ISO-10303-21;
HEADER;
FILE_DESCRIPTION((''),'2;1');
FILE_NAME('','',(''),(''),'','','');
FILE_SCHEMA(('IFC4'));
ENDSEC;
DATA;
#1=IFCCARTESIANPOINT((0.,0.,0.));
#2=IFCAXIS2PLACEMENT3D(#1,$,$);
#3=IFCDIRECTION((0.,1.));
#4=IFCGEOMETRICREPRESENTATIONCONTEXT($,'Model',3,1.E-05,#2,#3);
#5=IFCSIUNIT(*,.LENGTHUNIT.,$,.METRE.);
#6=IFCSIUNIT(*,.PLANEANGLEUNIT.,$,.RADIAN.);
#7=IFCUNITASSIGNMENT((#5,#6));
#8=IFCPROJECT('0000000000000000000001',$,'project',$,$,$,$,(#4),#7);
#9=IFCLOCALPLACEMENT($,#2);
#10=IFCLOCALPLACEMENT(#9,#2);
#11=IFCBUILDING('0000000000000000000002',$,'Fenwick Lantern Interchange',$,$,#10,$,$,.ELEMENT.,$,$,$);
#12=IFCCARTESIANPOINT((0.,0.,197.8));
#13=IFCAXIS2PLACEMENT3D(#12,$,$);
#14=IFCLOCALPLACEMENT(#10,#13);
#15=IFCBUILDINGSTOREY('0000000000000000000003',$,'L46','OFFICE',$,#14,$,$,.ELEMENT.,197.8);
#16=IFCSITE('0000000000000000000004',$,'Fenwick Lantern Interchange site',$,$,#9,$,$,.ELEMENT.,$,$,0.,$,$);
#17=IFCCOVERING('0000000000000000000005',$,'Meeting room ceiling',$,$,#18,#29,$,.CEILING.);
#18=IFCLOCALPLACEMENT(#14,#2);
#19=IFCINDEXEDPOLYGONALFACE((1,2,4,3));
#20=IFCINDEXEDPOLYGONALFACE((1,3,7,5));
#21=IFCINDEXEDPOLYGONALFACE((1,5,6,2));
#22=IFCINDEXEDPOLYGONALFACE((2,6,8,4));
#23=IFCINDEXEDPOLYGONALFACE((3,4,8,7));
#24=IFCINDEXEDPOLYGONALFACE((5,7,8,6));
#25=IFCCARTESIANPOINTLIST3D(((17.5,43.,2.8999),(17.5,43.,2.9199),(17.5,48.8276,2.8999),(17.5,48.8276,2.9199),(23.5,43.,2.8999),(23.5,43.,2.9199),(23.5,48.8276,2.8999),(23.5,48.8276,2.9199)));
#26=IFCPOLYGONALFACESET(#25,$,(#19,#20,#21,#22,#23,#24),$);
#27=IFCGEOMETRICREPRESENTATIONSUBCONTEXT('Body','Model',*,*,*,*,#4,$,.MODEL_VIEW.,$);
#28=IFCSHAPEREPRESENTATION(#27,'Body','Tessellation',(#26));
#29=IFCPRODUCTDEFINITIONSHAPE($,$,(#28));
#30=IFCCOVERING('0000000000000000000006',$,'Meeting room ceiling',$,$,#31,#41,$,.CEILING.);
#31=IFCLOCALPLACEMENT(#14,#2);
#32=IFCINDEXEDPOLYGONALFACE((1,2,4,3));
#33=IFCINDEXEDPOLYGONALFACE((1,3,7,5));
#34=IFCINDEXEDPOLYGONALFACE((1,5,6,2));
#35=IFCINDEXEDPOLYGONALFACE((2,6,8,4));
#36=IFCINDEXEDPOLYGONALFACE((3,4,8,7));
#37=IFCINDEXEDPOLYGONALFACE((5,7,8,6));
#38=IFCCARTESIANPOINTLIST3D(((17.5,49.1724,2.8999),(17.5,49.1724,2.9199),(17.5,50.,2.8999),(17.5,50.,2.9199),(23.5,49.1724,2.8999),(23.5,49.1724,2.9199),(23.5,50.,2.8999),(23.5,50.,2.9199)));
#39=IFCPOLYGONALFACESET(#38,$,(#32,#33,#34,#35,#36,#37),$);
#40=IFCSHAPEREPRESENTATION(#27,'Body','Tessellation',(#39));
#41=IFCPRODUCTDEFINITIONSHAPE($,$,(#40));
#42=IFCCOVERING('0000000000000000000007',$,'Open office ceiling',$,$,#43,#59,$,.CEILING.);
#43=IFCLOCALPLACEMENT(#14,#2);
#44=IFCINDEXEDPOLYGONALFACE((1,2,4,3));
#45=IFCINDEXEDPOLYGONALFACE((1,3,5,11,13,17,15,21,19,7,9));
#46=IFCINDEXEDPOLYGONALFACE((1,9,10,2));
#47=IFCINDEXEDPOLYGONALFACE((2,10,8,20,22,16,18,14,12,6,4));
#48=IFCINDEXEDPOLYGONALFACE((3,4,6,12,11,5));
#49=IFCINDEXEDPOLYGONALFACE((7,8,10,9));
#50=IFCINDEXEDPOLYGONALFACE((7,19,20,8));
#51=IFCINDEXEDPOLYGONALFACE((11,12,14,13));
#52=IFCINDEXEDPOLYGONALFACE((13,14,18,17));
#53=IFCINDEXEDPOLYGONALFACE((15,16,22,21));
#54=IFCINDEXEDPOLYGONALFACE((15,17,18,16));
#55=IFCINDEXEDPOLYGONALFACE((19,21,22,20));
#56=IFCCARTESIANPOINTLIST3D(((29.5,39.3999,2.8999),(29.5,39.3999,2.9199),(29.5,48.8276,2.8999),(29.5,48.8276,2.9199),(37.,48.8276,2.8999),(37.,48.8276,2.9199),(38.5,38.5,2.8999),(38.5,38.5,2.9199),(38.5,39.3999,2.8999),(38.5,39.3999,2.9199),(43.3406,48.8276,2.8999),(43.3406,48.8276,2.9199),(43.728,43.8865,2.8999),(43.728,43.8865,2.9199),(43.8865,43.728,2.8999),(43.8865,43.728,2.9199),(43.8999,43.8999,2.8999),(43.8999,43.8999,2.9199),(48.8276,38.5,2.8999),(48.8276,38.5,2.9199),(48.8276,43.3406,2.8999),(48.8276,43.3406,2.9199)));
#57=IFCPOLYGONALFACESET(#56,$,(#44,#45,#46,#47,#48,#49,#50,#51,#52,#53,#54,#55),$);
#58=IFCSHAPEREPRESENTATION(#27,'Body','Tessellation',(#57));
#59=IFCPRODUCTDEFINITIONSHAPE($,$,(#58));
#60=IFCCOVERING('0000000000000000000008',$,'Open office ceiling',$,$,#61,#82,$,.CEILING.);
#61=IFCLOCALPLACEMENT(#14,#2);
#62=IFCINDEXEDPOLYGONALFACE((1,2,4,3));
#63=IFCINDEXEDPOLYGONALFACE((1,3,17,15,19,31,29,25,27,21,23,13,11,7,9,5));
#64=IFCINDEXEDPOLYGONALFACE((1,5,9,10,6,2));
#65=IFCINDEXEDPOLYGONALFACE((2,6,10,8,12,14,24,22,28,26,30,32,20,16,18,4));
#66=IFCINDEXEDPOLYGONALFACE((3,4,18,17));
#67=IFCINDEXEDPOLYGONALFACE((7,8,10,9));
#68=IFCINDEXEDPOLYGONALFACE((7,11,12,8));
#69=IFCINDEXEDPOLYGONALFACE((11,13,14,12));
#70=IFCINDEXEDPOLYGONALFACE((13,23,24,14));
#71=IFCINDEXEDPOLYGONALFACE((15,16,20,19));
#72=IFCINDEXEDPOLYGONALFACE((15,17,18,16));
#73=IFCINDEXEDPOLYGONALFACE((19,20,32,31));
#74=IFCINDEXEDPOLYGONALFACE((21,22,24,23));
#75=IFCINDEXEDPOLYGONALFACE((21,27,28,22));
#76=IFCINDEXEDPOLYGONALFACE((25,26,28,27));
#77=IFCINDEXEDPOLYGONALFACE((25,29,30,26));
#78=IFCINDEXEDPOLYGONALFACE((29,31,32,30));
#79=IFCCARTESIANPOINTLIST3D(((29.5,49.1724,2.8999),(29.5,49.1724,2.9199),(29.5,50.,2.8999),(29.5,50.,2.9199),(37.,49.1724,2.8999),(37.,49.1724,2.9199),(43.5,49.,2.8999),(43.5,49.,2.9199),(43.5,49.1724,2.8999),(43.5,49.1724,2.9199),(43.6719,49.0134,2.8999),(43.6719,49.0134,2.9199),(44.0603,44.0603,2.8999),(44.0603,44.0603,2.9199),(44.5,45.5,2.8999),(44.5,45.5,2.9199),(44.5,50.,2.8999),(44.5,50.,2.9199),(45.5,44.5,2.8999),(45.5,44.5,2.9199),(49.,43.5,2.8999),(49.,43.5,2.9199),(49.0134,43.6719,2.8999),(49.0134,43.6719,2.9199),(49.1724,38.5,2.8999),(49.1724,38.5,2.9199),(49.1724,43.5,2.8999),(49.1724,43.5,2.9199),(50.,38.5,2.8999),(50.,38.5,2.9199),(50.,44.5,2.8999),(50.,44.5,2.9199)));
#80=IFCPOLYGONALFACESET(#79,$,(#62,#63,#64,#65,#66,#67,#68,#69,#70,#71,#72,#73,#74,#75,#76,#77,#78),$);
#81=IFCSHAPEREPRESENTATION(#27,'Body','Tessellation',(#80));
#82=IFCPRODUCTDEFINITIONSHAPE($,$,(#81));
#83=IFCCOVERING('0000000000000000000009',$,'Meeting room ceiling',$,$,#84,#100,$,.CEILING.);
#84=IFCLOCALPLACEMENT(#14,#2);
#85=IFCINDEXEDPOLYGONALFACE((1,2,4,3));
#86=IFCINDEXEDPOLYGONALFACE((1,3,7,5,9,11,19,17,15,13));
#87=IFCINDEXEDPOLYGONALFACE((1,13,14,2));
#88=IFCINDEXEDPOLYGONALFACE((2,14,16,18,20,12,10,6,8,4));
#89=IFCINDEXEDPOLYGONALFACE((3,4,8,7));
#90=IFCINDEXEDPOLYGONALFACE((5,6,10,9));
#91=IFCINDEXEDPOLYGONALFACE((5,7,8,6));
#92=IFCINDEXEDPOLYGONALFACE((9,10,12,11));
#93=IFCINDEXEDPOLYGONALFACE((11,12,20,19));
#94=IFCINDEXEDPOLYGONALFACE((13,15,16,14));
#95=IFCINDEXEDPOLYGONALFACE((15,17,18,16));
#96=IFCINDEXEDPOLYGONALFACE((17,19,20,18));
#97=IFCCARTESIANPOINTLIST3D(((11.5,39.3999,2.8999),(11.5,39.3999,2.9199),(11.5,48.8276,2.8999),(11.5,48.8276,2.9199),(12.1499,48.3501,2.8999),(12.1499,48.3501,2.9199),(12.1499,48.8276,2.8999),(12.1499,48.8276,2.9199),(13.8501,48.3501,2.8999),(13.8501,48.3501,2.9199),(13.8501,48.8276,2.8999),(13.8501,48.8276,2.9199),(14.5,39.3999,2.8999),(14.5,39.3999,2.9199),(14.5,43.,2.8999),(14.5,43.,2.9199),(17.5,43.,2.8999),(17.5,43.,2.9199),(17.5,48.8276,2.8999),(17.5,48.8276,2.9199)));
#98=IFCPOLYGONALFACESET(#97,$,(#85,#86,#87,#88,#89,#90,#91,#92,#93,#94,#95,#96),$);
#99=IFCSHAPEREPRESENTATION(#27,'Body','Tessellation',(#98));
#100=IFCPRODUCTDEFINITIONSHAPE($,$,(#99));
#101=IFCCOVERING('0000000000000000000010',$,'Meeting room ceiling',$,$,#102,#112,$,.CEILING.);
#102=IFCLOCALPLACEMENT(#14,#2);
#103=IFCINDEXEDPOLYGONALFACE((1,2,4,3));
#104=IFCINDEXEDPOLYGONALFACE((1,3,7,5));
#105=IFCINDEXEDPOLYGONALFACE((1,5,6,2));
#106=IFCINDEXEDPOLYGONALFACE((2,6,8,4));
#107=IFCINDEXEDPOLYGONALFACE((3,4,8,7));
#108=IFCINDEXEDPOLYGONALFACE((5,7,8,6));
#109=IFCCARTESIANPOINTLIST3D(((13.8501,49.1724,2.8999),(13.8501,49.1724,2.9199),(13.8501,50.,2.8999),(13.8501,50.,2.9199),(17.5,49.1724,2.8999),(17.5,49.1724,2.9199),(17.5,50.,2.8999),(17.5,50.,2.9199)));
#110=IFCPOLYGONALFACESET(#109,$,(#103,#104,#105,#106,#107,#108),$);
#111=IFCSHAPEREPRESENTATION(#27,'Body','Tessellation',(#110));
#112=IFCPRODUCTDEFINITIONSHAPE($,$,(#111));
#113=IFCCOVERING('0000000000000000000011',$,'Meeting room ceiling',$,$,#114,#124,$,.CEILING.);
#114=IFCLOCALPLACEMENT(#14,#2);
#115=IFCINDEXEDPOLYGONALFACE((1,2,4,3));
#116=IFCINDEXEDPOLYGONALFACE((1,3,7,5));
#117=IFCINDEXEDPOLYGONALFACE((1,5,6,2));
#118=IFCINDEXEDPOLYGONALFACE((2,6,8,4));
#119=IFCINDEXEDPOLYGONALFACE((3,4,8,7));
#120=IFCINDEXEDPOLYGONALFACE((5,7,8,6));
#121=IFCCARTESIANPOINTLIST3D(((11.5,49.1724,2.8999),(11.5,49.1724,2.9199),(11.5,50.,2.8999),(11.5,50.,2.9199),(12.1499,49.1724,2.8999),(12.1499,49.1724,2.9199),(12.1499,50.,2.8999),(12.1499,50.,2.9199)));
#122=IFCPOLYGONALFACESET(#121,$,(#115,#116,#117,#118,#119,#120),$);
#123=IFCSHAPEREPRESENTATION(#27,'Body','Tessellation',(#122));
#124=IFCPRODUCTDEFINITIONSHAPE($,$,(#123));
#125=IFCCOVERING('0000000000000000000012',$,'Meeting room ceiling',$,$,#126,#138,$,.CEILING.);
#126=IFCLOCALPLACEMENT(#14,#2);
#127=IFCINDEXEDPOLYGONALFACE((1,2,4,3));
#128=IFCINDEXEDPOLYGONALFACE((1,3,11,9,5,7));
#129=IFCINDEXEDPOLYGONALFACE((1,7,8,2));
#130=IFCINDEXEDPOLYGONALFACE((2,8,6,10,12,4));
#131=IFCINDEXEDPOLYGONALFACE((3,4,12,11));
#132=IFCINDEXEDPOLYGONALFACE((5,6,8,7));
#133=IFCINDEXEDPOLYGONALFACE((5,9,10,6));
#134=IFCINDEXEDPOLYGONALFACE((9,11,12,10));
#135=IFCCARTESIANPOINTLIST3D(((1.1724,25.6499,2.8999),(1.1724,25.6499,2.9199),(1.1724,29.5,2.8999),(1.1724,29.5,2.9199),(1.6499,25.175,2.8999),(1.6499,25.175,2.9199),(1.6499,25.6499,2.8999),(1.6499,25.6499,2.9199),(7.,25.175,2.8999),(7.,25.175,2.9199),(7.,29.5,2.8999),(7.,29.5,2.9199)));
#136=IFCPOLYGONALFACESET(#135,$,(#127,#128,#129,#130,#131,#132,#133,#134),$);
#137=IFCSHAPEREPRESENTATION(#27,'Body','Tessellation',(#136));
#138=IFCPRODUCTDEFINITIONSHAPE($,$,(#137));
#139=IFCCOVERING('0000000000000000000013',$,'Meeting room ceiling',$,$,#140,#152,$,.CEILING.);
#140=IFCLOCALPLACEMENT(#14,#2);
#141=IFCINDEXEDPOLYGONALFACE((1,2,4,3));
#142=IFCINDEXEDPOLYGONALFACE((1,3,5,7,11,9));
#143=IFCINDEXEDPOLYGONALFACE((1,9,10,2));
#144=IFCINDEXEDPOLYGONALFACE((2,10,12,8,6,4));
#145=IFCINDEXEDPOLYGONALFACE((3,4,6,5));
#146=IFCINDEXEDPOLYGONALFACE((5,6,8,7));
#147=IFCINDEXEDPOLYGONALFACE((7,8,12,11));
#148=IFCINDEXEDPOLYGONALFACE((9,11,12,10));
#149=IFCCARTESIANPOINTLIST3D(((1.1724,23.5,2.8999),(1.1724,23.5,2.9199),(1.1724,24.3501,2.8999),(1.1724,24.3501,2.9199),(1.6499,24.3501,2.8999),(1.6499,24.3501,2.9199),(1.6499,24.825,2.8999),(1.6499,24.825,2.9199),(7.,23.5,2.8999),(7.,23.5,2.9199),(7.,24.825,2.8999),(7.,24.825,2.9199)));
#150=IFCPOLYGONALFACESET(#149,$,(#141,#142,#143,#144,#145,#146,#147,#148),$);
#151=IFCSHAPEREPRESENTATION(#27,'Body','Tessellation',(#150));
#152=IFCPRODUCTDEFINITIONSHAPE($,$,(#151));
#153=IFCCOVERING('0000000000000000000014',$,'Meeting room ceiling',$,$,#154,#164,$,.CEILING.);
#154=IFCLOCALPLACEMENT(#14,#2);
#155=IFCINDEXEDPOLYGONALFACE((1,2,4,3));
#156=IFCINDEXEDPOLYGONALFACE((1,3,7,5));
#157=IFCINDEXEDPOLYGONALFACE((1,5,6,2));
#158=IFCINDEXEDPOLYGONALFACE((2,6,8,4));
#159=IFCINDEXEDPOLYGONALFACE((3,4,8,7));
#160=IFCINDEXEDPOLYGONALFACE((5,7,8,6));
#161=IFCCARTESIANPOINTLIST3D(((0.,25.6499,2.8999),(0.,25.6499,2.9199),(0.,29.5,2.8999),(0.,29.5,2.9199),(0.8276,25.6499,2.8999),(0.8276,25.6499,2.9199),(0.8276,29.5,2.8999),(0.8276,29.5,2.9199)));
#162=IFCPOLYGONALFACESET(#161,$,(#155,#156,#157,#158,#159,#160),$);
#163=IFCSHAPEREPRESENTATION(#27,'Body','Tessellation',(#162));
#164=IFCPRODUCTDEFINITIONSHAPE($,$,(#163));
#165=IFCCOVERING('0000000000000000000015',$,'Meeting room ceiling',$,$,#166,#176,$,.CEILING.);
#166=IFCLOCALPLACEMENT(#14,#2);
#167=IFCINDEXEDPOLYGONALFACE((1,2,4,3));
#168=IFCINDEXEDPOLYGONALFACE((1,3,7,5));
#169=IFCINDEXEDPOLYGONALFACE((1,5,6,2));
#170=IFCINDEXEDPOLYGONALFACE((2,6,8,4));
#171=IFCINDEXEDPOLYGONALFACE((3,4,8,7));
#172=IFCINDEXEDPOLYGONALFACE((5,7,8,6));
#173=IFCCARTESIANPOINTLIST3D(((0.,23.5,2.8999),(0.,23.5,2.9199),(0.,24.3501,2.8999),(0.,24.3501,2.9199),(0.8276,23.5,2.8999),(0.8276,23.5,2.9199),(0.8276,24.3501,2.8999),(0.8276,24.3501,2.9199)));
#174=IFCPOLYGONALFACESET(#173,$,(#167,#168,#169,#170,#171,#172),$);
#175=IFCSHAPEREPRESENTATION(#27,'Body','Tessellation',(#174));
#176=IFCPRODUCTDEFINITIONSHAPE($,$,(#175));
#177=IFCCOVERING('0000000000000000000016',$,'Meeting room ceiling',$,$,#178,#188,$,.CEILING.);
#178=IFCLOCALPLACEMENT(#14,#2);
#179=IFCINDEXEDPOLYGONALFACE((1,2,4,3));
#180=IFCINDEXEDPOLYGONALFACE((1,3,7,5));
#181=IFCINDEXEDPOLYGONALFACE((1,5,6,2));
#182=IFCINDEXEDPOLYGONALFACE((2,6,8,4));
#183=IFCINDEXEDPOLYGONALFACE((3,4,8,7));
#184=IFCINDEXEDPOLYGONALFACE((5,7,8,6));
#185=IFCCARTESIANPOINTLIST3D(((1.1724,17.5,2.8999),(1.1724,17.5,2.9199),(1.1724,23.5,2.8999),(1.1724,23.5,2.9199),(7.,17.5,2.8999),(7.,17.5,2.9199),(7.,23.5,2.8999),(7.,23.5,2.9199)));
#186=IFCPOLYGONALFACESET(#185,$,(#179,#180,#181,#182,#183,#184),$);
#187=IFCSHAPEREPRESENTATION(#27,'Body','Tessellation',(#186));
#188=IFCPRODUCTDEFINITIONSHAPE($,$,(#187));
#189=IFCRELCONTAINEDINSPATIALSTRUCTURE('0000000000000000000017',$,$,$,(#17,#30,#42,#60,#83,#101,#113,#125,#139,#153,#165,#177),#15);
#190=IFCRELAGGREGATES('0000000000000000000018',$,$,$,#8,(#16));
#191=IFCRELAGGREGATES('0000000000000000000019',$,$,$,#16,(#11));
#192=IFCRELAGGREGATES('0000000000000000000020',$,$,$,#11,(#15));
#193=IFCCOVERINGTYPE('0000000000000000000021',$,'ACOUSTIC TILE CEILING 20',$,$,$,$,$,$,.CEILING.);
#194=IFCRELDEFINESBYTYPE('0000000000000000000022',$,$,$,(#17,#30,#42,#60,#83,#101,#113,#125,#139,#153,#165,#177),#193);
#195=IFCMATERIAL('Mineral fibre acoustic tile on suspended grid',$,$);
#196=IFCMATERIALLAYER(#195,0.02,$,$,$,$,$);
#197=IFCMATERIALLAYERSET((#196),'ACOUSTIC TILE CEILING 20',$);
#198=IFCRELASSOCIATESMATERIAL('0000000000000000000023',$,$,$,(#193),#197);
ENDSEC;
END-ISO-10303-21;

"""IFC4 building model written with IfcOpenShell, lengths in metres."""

from ifc_helpers import new_model, si_unit, direction, frame, origin, place, context, subcontext, project, spatial, polyline, outline, extrude, material, layer, layer_set, type_object, element, save


model = new_model("IFC4")

# Units and contexts
model_context = context("Model", 3, precision=1e-05, world=origin(), true_north=direction((0.0, 1.0)))
body_context = subcontext(model_context, "Body", "Model", "MODEL_VIEW")
ifc_project = project(units=[si_unit("LENGTHUNIT", "METRE"), si_unit("PLANEANGLEUNIT", "RADIAN")], contexts=[model_context])

# Site, building, storey
site_placement = place(None, origin())
site = spatial("IfcSite", under=ifc_project, at=site_placement, Name="Fenwick Lantern Interchange site", CompositionType="ELEMENT", RefElevation=0.0)
building_placement = place(site_placement, origin())
building = spatial("IfcBuilding", under=site, at=building_placement, Name="Fenwick Lantern Interchange", CompositionType="ELEMENT")
storey_placement = place(building_placement, frame((0.0, 0.0, 197.8)))
storey = spatial("IfcBuildingStorey", under=building, at=storey_placement, Name="L46", Description="OFFICE", CompositionType="ELEMENT", Elevation=197.8)

# Coverings
ifc_material_1 = material(Name="Mineral fibre acoustic tile on suspended grid")
ifc_layer_1 = layer(ifc_material_1, 0.02)
ifc_layer_set_1 = layer_set([ifc_layer_1], Name="ACOUSTIC TILE CEILING 20")
covering_type_1 = type_object("IfcCoveringType", Name="ACOUSTIC TILE CEILING 20", PredefinedType="CEILING", material=ifc_layer_set_1)
covering_1_placement = place(storey_placement, frame((0.0, 0.0, 2.8999)))
element("IfcCovering", 1, at=covering_1_placement, inside=storey, type_object=covering_type_1, Name="Meeting room ceiling", PredefinedType="CEILING", context=body_context, shape_type="SweptSolid", body=[
    extrude(outline(polyline([(23.5, 43.0), (23.5, 48.8276), (17.5, 48.8276), (17.5, 43.0), (23.5, 43.0)])), origin(), (0.0, 0.0, 1.0), 0.02),
])
covering_2_placement = place(storey_placement, frame((0.0, 0.0, 2.8999)))
element("IfcCovering", 2, at=covering_2_placement, inside=storey, type_object=covering_type_1, Name="Meeting room ceiling", PredefinedType="CEILING", context=body_context, shape_type="SweptSolid", body=[
    extrude(outline(polyline([(17.5, 50.0), (17.5, 49.1724), (23.5, 49.1724), (23.5, 50.0), (17.5, 50.0)])), origin(), (0.0, 0.0, 1.0), 0.02),
])
covering_3_placement = place(storey_placement, frame((0.0, 0.0, 2.8999)))
element("IfcCovering", 3, at=covering_3_placement, inside=storey, type_object=covering_type_1, Name="Open office ceiling", PredefinedType="CEILING", context=body_context, shape_type="SweptSolid", body=[
    extrude(outline(polyline([(38.5, 38.5), (48.8276, 38.5), (48.8276, 43.3406), (43.8865, 43.728), (43.8999, 43.8999), (43.728, 43.8865), (43.3406, 48.8276), (37.0, 48.8276), (29.5, 48.8276), (29.5, 39.3999), (38.5, 39.3999), (38.5, 38.5)])), origin(), (0.0, 0.0, 1.0), 0.02),
])
covering_4_placement = place(storey_placement, frame((0.0, 0.0, 2.8999)))
element("IfcCovering", 4, at=covering_4_placement, inside=storey, type_object=covering_type_1, Name="Open office ceiling", PredefinedType="CEILING", context=body_context, shape_type="SweptSolid", body=[
    extrude(outline(polyline([(44.5, 50.0), (29.5, 50.0), (29.5, 49.1724), (37.0, 49.1724), (43.5, 49.1724), (43.5, 49.0), (43.6719, 49.0134), (44.0603, 44.0603), (49.0134, 43.6719), (49.0, 43.5), (49.1724, 43.5), (49.1724, 38.5), (50.0, 38.5), (50.0, 44.5), (45.5, 44.5), (44.5, 45.5), (44.5, 50.0)])), origin(), (0.0, 0.0, 1.0), 0.02),
])
covering_5_placement = place(storey_placement, frame((0.0, 0.0, 2.8999)))
element("IfcCovering", 5, at=covering_5_placement, inside=storey, type_object=covering_type_1, Name="Meeting room ceiling", PredefinedType="CEILING", context=body_context, shape_type="SweptSolid", body=[
    extrude(outline(polyline([(12.1499, 48.3501), (12.1499, 48.8276), (11.5, 48.8276), (11.5, 39.3999), (14.5, 39.3999), (14.5, 43.0), (17.5, 43.0), (17.5, 48.8276), (13.8501, 48.8276), (13.8501, 48.3501), (12.1499, 48.3501)])), origin(), (0.0, 0.0, 1.0), 0.02),
])
covering_6_placement = place(storey_placement, frame((0.0, 0.0, 2.8999)))
element("IfcCovering", 6, at=covering_6_placement, inside=storey, type_object=covering_type_1, Name="Meeting room ceiling", PredefinedType="CEILING", context=body_context, shape_type="SweptSolid", body=[
    extrude(outline(polyline([(13.8501, 50.0), (13.8501, 49.1724), (17.5, 49.1724), (17.5, 50.0), (13.8501, 50.0)])), origin(), (0.0, 0.0, 1.0), 0.02),
])
covering_7_placement = place(storey_placement, frame((0.0, 0.0, 2.8999)))
element("IfcCovering", 7, at=covering_7_placement, inside=storey, type_object=covering_type_1, Name="Meeting room ceiling", PredefinedType="CEILING", context=body_context, shape_type="SweptSolid", body=[
    extrude(outline(polyline([(12.1499, 49.1724), (12.1499, 50.0), (11.5, 50.0), (11.5, 49.1724), (12.1499, 49.1724)])), origin(), (0.0, 0.0, 1.0), 0.02),
])
covering_8_placement = place(storey_placement, frame((0.0, 0.0, 2.8999)))
element("IfcCovering", 8, at=covering_8_placement, inside=storey, type_object=covering_type_1, Name="Meeting room ceiling", PredefinedType="CEILING", context=body_context, shape_type="SweptSolid", body=[
    extrude(outline(polyline([(7.0, 29.5), (1.1724, 29.5), (1.1724, 25.6499), (1.6499, 25.6499), (1.6499, 25.175), (7.0, 25.175), (7.0, 29.5)])), origin(), (0.0, 0.0, 1.0), 0.02),
])
covering_9_placement = place(storey_placement, frame((0.0, 0.0, 2.8999)))
element("IfcCovering", 9, at=covering_9_placement, inside=storey, type_object=covering_type_1, Name="Meeting room ceiling", PredefinedType="CEILING", context=body_context, shape_type="SweptSolid", body=[
    extrude(outline(polyline([(7.0, 23.5), (7.0, 24.825), (1.6499, 24.825), (1.6499, 24.3501), (1.1724, 24.3501), (1.1724, 23.5), (7.0, 23.5)])), origin(), (0.0, 0.0, 1.0), 0.02),
])
covering_10_placement = place(storey_placement, frame((0.0, 0.0, 2.8999)))
element("IfcCovering", 10, at=covering_10_placement, inside=storey, type_object=covering_type_1, Name="Meeting room ceiling", PredefinedType="CEILING", context=body_context, shape_type="SweptSolid", body=[
    extrude(outline(polyline([(0.8276, 29.5), (0.0, 29.5), (0.0, 25.6499), (0.8276, 25.6499), (0.8276, 29.5)])), origin(), (0.0, 0.0, 1.0), 0.02),
])
covering_11_placement = place(storey_placement, frame((0.0, 0.0, 2.8999)))
element("IfcCovering", 11, at=covering_11_placement, inside=storey, type_object=covering_type_1, Name="Meeting room ceiling", PredefinedType="CEILING", context=body_context, shape_type="SweptSolid", body=[
    extrude(outline(polyline([(0.0, 23.5), (0.8276, 23.5), (0.8276, 24.3501), (0.0, 24.3501), (0.0, 23.5)])), origin(), (0.0, 0.0, 1.0), 0.02),
])
covering_12_placement = place(storey_placement, frame((0.0, 0.0, 2.8999)))
element("IfcCovering", 12, at=covering_12_placement, inside=storey, type_object=covering_type_1, Name="Meeting room ceiling", PredefinedType="CEILING", context=body_context, shape_type="SweptSolid", body=[
    extrude(outline(polyline([(7.0, 23.5), (1.1724, 23.5), (1.1724, 17.5), (7.0, 17.5), (7.0, 23.5)])), origin(), (0.0, 0.0, 1.0), 0.02),
])

save(model, "model.ifc")
